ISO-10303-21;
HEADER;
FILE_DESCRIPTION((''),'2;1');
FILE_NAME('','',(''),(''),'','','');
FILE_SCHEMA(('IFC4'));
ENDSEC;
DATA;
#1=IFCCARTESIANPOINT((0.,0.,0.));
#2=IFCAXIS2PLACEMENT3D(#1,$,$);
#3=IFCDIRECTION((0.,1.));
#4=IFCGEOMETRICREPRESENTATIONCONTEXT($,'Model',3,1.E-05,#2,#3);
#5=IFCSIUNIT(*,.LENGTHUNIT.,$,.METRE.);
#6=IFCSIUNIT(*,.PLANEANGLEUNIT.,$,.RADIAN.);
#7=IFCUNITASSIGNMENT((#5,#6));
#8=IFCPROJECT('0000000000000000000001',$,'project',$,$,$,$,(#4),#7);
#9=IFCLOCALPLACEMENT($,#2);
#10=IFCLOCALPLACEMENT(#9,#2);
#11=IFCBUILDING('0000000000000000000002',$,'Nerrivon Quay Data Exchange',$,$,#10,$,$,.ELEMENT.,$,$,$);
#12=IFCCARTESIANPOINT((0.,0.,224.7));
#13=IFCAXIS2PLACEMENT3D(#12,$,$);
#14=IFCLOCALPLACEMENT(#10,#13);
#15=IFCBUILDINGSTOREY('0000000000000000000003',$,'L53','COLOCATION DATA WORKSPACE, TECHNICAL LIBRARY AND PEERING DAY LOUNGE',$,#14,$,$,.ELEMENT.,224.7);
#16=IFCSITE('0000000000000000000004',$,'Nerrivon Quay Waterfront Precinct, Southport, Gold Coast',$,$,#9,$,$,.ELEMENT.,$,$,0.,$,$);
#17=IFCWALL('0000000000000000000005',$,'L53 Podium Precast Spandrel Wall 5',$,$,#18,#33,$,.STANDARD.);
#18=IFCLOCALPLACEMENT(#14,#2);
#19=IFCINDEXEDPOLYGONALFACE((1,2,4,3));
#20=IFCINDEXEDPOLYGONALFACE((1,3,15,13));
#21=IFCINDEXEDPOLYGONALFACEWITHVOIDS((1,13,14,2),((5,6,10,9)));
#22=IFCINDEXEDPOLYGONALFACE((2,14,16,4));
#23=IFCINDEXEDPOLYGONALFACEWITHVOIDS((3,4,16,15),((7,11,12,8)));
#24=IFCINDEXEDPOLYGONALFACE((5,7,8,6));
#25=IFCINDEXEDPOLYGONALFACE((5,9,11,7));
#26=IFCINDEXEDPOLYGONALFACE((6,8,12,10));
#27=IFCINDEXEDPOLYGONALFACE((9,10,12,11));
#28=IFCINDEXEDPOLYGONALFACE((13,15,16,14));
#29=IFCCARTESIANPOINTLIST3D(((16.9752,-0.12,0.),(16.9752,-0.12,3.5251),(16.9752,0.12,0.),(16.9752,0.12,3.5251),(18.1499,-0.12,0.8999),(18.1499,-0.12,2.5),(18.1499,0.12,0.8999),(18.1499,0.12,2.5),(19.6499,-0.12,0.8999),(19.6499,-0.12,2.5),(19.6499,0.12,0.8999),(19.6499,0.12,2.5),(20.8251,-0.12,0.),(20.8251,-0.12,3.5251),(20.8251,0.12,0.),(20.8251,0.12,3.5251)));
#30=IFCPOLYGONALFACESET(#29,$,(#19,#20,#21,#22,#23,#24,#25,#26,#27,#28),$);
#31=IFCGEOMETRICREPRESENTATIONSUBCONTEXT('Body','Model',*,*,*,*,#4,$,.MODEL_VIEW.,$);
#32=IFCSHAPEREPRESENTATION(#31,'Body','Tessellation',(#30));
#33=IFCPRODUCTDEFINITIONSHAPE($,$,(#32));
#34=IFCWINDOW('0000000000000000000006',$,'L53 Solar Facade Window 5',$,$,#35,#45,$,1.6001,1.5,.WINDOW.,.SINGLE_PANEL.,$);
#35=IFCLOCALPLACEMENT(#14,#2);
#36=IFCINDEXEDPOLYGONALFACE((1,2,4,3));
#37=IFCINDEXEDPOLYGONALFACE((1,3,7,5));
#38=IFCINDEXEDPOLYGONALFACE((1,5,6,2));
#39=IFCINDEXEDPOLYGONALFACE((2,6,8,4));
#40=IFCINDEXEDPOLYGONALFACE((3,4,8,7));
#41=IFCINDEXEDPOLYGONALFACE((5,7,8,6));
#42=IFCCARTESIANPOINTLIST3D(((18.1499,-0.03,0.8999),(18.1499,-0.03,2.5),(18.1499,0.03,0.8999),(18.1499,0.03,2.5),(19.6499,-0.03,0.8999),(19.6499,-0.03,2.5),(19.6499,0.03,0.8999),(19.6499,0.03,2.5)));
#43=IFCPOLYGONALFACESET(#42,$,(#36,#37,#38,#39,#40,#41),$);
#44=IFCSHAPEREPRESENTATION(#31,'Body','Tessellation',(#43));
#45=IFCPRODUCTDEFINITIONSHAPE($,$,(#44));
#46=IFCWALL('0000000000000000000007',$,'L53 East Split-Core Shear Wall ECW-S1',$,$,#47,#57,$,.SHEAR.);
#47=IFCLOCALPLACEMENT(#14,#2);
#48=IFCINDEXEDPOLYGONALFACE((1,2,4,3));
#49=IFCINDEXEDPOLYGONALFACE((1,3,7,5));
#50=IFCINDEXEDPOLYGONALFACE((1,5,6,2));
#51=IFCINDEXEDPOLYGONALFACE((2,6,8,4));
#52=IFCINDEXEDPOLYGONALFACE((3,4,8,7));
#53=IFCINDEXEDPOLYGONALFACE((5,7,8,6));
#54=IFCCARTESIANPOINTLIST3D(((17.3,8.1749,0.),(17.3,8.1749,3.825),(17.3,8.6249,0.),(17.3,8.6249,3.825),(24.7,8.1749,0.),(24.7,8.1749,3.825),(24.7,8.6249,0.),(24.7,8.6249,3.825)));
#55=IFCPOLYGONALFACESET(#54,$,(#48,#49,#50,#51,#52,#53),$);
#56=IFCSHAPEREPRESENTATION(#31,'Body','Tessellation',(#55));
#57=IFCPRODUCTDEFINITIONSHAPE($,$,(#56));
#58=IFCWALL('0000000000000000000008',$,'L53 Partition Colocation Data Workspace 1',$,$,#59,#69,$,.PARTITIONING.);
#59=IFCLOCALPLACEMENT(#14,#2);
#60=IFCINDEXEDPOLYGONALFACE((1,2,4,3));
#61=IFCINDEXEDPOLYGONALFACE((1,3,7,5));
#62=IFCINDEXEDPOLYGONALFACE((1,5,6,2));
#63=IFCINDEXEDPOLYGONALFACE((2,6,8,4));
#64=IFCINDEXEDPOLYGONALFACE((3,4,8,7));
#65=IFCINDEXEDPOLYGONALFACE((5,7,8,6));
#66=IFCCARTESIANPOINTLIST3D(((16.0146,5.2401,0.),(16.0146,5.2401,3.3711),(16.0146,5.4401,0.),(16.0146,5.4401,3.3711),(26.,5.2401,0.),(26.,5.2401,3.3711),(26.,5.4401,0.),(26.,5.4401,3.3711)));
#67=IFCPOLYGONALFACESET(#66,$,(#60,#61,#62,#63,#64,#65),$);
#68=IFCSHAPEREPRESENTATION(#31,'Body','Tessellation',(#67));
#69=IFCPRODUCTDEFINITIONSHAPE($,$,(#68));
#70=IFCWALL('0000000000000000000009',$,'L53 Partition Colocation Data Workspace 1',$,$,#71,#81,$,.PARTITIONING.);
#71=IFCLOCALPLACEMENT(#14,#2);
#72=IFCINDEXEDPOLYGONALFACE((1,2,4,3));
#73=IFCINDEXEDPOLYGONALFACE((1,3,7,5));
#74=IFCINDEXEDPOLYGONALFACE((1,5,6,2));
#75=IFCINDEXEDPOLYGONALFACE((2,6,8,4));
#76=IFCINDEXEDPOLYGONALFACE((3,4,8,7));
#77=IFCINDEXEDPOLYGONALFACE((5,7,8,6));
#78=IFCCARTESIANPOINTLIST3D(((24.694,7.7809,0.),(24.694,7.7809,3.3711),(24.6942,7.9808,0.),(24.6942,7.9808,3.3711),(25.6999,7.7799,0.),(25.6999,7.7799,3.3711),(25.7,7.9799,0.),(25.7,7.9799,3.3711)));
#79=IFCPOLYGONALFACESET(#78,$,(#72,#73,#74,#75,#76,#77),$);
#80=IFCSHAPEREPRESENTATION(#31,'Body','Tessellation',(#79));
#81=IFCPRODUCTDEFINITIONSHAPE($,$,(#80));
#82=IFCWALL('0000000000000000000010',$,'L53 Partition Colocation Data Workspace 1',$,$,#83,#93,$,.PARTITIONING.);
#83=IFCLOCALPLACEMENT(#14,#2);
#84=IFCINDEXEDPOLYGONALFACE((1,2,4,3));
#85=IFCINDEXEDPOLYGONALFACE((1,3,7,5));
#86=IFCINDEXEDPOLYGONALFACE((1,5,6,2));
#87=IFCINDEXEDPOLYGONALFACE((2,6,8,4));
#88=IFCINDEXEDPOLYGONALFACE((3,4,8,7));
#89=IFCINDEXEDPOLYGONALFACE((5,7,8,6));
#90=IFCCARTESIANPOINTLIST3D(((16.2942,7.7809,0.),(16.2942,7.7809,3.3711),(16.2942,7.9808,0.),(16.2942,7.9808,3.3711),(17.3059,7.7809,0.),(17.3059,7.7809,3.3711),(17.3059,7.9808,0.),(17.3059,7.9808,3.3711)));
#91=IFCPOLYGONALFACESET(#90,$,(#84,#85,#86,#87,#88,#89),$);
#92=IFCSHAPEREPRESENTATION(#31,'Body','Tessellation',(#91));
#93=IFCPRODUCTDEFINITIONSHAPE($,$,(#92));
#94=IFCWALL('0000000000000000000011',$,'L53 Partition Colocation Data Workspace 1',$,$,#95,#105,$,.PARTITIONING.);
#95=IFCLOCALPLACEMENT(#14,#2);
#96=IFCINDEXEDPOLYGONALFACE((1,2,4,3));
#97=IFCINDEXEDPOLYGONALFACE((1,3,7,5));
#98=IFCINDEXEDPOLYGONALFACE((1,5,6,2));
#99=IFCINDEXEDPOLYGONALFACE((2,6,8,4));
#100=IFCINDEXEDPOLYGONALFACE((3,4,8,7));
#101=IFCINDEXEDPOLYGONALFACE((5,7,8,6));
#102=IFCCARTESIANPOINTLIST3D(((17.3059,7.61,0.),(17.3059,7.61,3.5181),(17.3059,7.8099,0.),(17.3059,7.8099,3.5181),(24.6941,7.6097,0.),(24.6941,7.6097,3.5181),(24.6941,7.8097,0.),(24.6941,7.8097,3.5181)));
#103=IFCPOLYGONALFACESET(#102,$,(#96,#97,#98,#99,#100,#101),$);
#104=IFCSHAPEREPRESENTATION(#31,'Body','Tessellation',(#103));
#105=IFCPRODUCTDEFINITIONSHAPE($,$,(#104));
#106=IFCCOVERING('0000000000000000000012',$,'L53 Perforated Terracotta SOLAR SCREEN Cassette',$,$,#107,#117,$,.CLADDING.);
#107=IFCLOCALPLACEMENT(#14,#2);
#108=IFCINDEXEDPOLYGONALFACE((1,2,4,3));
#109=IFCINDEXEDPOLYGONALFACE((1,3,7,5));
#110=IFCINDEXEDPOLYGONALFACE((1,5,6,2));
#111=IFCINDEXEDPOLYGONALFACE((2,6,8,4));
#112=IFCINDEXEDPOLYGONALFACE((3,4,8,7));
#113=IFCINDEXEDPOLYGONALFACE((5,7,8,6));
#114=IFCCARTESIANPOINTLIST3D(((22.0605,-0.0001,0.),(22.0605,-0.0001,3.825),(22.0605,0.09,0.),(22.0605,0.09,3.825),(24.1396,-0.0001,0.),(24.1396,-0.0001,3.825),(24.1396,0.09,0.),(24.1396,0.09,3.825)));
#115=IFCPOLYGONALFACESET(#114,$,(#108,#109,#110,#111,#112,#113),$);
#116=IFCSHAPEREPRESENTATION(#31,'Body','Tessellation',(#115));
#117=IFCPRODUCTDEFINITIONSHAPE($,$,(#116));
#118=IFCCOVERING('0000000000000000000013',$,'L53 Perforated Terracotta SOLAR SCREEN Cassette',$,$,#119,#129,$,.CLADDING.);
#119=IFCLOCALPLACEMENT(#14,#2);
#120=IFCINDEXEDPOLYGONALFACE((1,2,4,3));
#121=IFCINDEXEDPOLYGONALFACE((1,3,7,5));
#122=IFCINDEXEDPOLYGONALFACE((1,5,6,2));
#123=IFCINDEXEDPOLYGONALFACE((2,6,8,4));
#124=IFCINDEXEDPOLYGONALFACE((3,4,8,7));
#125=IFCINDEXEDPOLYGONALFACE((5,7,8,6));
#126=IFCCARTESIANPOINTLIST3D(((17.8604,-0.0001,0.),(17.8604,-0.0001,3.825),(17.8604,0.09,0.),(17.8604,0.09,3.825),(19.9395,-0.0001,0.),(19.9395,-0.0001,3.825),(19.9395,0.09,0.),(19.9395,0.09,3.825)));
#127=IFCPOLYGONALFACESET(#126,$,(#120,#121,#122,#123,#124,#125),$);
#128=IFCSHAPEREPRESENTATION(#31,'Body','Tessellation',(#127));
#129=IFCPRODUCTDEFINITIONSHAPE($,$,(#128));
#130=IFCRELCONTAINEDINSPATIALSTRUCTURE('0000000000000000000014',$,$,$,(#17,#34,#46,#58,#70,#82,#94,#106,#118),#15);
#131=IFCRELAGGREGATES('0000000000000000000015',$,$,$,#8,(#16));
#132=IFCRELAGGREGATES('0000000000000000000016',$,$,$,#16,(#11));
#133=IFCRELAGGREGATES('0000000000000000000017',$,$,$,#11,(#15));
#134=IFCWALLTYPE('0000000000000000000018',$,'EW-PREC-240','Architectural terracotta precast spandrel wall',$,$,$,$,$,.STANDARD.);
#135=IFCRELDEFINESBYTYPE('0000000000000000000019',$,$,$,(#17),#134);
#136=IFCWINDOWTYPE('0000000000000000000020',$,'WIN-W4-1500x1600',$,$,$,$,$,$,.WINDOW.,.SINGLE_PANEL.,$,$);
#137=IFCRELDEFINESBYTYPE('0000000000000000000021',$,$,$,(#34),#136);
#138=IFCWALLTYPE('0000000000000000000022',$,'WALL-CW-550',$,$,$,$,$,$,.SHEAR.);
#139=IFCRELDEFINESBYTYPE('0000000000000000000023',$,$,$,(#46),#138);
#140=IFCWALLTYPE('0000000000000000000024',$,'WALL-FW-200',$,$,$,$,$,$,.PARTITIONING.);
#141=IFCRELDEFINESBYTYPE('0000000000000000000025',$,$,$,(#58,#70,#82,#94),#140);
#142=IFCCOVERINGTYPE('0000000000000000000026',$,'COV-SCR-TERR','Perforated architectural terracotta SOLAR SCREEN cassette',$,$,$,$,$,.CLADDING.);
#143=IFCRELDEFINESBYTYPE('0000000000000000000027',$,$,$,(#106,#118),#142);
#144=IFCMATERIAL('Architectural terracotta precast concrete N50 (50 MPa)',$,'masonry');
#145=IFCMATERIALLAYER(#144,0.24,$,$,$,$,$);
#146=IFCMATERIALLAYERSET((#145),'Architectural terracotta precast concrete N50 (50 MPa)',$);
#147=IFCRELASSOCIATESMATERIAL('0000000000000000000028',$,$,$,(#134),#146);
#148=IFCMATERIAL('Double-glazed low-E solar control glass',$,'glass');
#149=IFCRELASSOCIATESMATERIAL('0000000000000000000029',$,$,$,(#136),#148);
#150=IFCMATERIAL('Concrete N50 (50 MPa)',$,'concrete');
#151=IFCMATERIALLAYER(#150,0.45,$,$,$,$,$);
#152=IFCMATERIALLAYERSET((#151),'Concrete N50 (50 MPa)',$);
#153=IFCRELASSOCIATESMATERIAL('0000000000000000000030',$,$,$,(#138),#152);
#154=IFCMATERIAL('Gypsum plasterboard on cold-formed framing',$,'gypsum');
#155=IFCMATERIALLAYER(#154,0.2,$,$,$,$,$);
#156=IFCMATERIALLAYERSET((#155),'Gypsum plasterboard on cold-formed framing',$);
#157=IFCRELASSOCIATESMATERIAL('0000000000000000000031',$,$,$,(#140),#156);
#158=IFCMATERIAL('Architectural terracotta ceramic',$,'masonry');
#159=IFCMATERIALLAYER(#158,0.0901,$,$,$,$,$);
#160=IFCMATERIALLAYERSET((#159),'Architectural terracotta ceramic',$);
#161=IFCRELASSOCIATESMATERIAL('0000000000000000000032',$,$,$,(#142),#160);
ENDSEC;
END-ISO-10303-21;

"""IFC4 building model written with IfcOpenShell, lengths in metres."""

from ifc_helpers import new_model, si_unit, direction, frame, frame_2d, origin, origin_2d, place, context, subcontext, project, spatial, rectangle, extrude, material, layer, layer_set, type_object, element, fill, save


model = new_model("IFC4")

# Units and contexts
model_context = context("Model", 3, precision=1e-05, world=origin(), true_north=direction((0.0, 1.0)))
body_context = subcontext(model_context, "Body", "Model", "MODEL_VIEW")
ifc_project = project(units=[si_unit("LENGTHUNIT", "METRE"), si_unit("PLANEANGLEUNIT", "RADIAN")], contexts=[model_context])

# Site, building, storey
site_placement = place(None, origin())
site = spatial("IfcSite", under=ifc_project, at=site_placement, Name="Nerrivon Quay Waterfront Precinct, Southport, Gold Coast", CompositionType="ELEMENT", RefElevation=0.0)
building_placement = place(site_placement, origin())
building = spatial("IfcBuilding", under=site, at=building_placement, Name="Nerrivon Quay Data Exchange", CompositionType="ELEMENT")
storey_placement = place(building_placement, frame((0.0, 0.0, 224.7)))
storey = spatial("IfcBuildingStorey", under=building, at=storey_placement, Name="L53", Description="COLOCATION DATA WORKSPACE, TECHNICAL LIBRARY AND PEERING DAY LOUNGE", CompositionType="ELEMENT", Elevation=224.7)

# Shared definitions
ifc_material_1 = material(Name="Concrete N50 (50 MPa)", Category="concrete")

# Shared definitions
ifc_material_2 = material(Name="Double-glazed low-E solar control glass", Category="glass")

# Wall, opening, window
ifc_material_3 = material(Name="Architectural terracotta precast concrete N50 (50 MPa)", Category="masonry")
ifc_layer_1 = layer(ifc_material_3, 0.24)
ifc_layer_set_1 = layer_set([ifc_layer_1], Name="Architectural terracotta precast concrete N50 (50 MPa)")
wall_type_1 = type_object("IfcWallType", Name="EW-PREC-240", Description="Architectural terracotta precast spandrel wall", PredefinedType="STANDARD", material=ifc_layer_set_1)
wall_1_placement = place(storey_placement, frame((20.825, 0.0, 0.0), z_axis=(0.0, 0.0, 1.0), x_axis=(-1.0, 0.0, 0.0)))
wall_1 = element("IfcWall", 1, at=wall_1_placement, inside=storey, type_object=wall_type_1, Name="L53 Podium Precast Spandrel Wall 5", PredefinedType="STANDARD", context=body_context, shape_type="SweptSolid", body=[
    extrude(rectangle(XDim=3.8499, YDim=0.24, at=frame_2d((1.9248, 0.0))), origin(), (0.0, 0.0, 1.0), 3.5251),
])
opening_placement = place(wall_1_placement, frame((1.175, 0.0, 0.8999)))
opening = element("IfcOpeningElement", 2, at=opening_placement, cuts=wall_1, PredefinedType="OPENING", context=body_context, shape_type="SweptSolid", body=[
    extrude(rectangle(XDim=1.5, YDim=1.6001, at=frame_2d((0.75, 0.8))), frame((0.0, 0.1299, 0.0), z_axis=(0.0, -1.0, 0.0), x_axis=(1.0, 0.0, 0.0)), (0.0, 0.0, 1.0), 0.26),
])
window_type = type_object("IfcWindowType", Name="WIN-W4-1500x1600", PartitioningType="SINGLE_PANEL", PredefinedType="WINDOW", material=ifc_material_2)
window_placement = place(opening_placement, origin())
window = element("IfcWindow", 3, at=window_placement, inside=storey, type_object=window_type, Name="L53 Solar Facade Window 5", OverallHeight=1.6001, OverallWidth=1.5, PartitioningType="SINGLE_PANEL", PredefinedType="WINDOW", context=body_context, shape_type="SweptSolid", body=[
    extrude(rectangle(XDim=1.5, YDim=1.6001, at=frame_2d((0.75, 0.8))), frame((0.0, 0.03, 0.0), z_axis=(0.0, -1.0, 0.0), x_axis=(1.0, 0.0, 0.0)), (0.0, 0.0, 1.0), 0.0601),
])
fill(opening, window)

# Walls
ifc_layer_2 = layer(ifc_material_1, 0.45)
ifc_layer_set_2 = layer_set([ifc_layer_2], Name="Concrete N50 (50 MPa)")
wall_type_2 = type_object("IfcWallType", Name="WALL-CW-550", PredefinedType="SHEAR", material=ifc_layer_set_2)
wall_2_placement = place(storey_placement, frame((17.3, 8.3999, 0.0), z_axis=(0.0, 0.0, 1.0), x_axis=(1.0, 0.0, 0.0)))
element("IfcWall", 4, at=wall_2_placement, inside=storey, type_object=wall_type_2, Name="L53 East Split-Core Shear Wall ECW-S1", PredefinedType="SHEAR", context=body_context, shape_type="SweptSolid", body=[
    extrude(rectangle(XDim=7.3999, YDim=0.45, at=frame_2d((3.7, 0.0))), origin(), (0.0, 0.0, 1.0), 3.825),
])
ifc_material_4 = material(Name="Gypsum plasterboard on cold-formed framing", Category="gypsum")
ifc_layer_3 = layer(ifc_material_4, 0.2)
ifc_layer_set_3 = layer_set([ifc_layer_3], Name="Gypsum plasterboard on cold-formed framing")
wall_type_3 = type_object("IfcWallType", Name="WALL-FW-200", PredefinedType="PARTITIONING", material=ifc_layer_set_3)
wall_3_placement = place(storey_placement, frame((26.0, 5.3401, 0.0), z_axis=(0.0, 0.0, 1.0), x_axis=(-1.0, 0.0, 0.0)))
element("IfcWall", 5, at=wall_3_placement, inside=storey, type_object=wall_type_3, Name="L53 Partition Colocation Data Workspace 1", PredefinedType="PARTITIONING", context=body_context, shape_type="SweptSolid", body=[
    extrude(rectangle(XDim=9.9854, YDim=0.2, at=frame_2d((4.9927, 0.0))), origin(), (0.0, 0.0, 1.0), 3.3711),
])
wall_4_placement = place(storey_placement, frame((25.7, 7.8799, 0.0), z_axis=(0.0, 0.0, 1.0), x_axis=(-1.0, 0.000971, 0.0)))
element("IfcWall", 6, at=wall_4_placement, inside=storey, type_object=wall_type_3, Name="L53 Partition Colocation Data Workspace 1", PredefinedType="PARTITIONING", context=body_context, shape_type="SweptSolid", body=[
    extrude(rectangle(XDim=1.0059, YDim=0.2, at=frame_2d((0.5029, 0.0))), origin(), (0.0, 0.0, 1.0), 3.3711),
])
wall_5_placement = place(storey_placement, frame((17.3059, 7.8809, 0.0), z_axis=(0.0, 0.0, 1.0), x_axis=(-1.0, 0.0, 0.0)))
element("IfcWall", 7, at=wall_5_placement, inside=storey, type_object=wall_type_3, Name="L53 Partition Colocation Data Workspace 1", PredefinedType="PARTITIONING", context=body_context, shape_type="SweptSolid", body=[
    extrude(rectangle(XDim=1.0117, YDim=0.2, at=frame_2d((0.5059, 0.0))), origin(), (0.0, 0.0, 1.0), 3.3711),
])
wall_6_placement = place(storey_placement, frame((17.3059, 7.71, 0.0), z_axis=(0.0, 0.0, 1.0), x_axis=(1.0, -0.000033, 0.0)))
element("IfcWall", 8, at=wall_6_placement, inside=storey, type_object=wall_type_3, Name="L53 Partition Colocation Data Workspace 1", PredefinedType="PARTITIONING", context=body_context, shape_type="SweptSolid", body=[
    extrude(rectangle(XDim=7.3882, YDim=0.2, at=frame_2d((3.6941, 0.0))), origin(), (0.0, 0.0, 1.0), 3.5181),
])

# Coverings
ifc_material_5 = material(Name="Architectural terracotta ceramic", Category="masonry")
ifc_layer_4 = layer(ifc_material_5, 0.0901)
ifc_layer_set_4 = layer_set([ifc_layer_4], Name="Architectural terracotta ceramic")
covering_type = type_object("IfcCoveringType", Name="COV-SCR-TERR", Description="Perforated architectural terracotta SOLAR SCREEN cassette", PredefinedType="CLADDING", material=ifc_layer_set_4)
for number, where, z_axis, x_axis, name in (
    (9, (23.1001, 0.0449, 0.0), (0.0, 0.0, 1.0), (-1.0, 0.0, 0.0), "L53 Perforated Terracotta SOLAR SCREEN Cassette"),
    (10, (18.8999, 0.0449, 0.0), (0.0, 0.0, 1.0), (-1.0, 0.0, 0.0), "L53 Perforated Terracotta SOLAR SCREEN Cassette"),
):
    element("IfcCovering", number, at=place(storey_placement, frame(where, z_axis=z_axis, x_axis=x_axis)), inside=storey, type_object=covering_type, Name=name, PredefinedType="CLADDING", context=body_context, shape_type="SweptSolid", body=[
        extrude(rectangle(XDim=2.0791, YDim=0.0901, at=origin_2d()), origin(), (0.0, 0.0, 1.0), 3.825),
    ])

save(model, "model.ifc")
